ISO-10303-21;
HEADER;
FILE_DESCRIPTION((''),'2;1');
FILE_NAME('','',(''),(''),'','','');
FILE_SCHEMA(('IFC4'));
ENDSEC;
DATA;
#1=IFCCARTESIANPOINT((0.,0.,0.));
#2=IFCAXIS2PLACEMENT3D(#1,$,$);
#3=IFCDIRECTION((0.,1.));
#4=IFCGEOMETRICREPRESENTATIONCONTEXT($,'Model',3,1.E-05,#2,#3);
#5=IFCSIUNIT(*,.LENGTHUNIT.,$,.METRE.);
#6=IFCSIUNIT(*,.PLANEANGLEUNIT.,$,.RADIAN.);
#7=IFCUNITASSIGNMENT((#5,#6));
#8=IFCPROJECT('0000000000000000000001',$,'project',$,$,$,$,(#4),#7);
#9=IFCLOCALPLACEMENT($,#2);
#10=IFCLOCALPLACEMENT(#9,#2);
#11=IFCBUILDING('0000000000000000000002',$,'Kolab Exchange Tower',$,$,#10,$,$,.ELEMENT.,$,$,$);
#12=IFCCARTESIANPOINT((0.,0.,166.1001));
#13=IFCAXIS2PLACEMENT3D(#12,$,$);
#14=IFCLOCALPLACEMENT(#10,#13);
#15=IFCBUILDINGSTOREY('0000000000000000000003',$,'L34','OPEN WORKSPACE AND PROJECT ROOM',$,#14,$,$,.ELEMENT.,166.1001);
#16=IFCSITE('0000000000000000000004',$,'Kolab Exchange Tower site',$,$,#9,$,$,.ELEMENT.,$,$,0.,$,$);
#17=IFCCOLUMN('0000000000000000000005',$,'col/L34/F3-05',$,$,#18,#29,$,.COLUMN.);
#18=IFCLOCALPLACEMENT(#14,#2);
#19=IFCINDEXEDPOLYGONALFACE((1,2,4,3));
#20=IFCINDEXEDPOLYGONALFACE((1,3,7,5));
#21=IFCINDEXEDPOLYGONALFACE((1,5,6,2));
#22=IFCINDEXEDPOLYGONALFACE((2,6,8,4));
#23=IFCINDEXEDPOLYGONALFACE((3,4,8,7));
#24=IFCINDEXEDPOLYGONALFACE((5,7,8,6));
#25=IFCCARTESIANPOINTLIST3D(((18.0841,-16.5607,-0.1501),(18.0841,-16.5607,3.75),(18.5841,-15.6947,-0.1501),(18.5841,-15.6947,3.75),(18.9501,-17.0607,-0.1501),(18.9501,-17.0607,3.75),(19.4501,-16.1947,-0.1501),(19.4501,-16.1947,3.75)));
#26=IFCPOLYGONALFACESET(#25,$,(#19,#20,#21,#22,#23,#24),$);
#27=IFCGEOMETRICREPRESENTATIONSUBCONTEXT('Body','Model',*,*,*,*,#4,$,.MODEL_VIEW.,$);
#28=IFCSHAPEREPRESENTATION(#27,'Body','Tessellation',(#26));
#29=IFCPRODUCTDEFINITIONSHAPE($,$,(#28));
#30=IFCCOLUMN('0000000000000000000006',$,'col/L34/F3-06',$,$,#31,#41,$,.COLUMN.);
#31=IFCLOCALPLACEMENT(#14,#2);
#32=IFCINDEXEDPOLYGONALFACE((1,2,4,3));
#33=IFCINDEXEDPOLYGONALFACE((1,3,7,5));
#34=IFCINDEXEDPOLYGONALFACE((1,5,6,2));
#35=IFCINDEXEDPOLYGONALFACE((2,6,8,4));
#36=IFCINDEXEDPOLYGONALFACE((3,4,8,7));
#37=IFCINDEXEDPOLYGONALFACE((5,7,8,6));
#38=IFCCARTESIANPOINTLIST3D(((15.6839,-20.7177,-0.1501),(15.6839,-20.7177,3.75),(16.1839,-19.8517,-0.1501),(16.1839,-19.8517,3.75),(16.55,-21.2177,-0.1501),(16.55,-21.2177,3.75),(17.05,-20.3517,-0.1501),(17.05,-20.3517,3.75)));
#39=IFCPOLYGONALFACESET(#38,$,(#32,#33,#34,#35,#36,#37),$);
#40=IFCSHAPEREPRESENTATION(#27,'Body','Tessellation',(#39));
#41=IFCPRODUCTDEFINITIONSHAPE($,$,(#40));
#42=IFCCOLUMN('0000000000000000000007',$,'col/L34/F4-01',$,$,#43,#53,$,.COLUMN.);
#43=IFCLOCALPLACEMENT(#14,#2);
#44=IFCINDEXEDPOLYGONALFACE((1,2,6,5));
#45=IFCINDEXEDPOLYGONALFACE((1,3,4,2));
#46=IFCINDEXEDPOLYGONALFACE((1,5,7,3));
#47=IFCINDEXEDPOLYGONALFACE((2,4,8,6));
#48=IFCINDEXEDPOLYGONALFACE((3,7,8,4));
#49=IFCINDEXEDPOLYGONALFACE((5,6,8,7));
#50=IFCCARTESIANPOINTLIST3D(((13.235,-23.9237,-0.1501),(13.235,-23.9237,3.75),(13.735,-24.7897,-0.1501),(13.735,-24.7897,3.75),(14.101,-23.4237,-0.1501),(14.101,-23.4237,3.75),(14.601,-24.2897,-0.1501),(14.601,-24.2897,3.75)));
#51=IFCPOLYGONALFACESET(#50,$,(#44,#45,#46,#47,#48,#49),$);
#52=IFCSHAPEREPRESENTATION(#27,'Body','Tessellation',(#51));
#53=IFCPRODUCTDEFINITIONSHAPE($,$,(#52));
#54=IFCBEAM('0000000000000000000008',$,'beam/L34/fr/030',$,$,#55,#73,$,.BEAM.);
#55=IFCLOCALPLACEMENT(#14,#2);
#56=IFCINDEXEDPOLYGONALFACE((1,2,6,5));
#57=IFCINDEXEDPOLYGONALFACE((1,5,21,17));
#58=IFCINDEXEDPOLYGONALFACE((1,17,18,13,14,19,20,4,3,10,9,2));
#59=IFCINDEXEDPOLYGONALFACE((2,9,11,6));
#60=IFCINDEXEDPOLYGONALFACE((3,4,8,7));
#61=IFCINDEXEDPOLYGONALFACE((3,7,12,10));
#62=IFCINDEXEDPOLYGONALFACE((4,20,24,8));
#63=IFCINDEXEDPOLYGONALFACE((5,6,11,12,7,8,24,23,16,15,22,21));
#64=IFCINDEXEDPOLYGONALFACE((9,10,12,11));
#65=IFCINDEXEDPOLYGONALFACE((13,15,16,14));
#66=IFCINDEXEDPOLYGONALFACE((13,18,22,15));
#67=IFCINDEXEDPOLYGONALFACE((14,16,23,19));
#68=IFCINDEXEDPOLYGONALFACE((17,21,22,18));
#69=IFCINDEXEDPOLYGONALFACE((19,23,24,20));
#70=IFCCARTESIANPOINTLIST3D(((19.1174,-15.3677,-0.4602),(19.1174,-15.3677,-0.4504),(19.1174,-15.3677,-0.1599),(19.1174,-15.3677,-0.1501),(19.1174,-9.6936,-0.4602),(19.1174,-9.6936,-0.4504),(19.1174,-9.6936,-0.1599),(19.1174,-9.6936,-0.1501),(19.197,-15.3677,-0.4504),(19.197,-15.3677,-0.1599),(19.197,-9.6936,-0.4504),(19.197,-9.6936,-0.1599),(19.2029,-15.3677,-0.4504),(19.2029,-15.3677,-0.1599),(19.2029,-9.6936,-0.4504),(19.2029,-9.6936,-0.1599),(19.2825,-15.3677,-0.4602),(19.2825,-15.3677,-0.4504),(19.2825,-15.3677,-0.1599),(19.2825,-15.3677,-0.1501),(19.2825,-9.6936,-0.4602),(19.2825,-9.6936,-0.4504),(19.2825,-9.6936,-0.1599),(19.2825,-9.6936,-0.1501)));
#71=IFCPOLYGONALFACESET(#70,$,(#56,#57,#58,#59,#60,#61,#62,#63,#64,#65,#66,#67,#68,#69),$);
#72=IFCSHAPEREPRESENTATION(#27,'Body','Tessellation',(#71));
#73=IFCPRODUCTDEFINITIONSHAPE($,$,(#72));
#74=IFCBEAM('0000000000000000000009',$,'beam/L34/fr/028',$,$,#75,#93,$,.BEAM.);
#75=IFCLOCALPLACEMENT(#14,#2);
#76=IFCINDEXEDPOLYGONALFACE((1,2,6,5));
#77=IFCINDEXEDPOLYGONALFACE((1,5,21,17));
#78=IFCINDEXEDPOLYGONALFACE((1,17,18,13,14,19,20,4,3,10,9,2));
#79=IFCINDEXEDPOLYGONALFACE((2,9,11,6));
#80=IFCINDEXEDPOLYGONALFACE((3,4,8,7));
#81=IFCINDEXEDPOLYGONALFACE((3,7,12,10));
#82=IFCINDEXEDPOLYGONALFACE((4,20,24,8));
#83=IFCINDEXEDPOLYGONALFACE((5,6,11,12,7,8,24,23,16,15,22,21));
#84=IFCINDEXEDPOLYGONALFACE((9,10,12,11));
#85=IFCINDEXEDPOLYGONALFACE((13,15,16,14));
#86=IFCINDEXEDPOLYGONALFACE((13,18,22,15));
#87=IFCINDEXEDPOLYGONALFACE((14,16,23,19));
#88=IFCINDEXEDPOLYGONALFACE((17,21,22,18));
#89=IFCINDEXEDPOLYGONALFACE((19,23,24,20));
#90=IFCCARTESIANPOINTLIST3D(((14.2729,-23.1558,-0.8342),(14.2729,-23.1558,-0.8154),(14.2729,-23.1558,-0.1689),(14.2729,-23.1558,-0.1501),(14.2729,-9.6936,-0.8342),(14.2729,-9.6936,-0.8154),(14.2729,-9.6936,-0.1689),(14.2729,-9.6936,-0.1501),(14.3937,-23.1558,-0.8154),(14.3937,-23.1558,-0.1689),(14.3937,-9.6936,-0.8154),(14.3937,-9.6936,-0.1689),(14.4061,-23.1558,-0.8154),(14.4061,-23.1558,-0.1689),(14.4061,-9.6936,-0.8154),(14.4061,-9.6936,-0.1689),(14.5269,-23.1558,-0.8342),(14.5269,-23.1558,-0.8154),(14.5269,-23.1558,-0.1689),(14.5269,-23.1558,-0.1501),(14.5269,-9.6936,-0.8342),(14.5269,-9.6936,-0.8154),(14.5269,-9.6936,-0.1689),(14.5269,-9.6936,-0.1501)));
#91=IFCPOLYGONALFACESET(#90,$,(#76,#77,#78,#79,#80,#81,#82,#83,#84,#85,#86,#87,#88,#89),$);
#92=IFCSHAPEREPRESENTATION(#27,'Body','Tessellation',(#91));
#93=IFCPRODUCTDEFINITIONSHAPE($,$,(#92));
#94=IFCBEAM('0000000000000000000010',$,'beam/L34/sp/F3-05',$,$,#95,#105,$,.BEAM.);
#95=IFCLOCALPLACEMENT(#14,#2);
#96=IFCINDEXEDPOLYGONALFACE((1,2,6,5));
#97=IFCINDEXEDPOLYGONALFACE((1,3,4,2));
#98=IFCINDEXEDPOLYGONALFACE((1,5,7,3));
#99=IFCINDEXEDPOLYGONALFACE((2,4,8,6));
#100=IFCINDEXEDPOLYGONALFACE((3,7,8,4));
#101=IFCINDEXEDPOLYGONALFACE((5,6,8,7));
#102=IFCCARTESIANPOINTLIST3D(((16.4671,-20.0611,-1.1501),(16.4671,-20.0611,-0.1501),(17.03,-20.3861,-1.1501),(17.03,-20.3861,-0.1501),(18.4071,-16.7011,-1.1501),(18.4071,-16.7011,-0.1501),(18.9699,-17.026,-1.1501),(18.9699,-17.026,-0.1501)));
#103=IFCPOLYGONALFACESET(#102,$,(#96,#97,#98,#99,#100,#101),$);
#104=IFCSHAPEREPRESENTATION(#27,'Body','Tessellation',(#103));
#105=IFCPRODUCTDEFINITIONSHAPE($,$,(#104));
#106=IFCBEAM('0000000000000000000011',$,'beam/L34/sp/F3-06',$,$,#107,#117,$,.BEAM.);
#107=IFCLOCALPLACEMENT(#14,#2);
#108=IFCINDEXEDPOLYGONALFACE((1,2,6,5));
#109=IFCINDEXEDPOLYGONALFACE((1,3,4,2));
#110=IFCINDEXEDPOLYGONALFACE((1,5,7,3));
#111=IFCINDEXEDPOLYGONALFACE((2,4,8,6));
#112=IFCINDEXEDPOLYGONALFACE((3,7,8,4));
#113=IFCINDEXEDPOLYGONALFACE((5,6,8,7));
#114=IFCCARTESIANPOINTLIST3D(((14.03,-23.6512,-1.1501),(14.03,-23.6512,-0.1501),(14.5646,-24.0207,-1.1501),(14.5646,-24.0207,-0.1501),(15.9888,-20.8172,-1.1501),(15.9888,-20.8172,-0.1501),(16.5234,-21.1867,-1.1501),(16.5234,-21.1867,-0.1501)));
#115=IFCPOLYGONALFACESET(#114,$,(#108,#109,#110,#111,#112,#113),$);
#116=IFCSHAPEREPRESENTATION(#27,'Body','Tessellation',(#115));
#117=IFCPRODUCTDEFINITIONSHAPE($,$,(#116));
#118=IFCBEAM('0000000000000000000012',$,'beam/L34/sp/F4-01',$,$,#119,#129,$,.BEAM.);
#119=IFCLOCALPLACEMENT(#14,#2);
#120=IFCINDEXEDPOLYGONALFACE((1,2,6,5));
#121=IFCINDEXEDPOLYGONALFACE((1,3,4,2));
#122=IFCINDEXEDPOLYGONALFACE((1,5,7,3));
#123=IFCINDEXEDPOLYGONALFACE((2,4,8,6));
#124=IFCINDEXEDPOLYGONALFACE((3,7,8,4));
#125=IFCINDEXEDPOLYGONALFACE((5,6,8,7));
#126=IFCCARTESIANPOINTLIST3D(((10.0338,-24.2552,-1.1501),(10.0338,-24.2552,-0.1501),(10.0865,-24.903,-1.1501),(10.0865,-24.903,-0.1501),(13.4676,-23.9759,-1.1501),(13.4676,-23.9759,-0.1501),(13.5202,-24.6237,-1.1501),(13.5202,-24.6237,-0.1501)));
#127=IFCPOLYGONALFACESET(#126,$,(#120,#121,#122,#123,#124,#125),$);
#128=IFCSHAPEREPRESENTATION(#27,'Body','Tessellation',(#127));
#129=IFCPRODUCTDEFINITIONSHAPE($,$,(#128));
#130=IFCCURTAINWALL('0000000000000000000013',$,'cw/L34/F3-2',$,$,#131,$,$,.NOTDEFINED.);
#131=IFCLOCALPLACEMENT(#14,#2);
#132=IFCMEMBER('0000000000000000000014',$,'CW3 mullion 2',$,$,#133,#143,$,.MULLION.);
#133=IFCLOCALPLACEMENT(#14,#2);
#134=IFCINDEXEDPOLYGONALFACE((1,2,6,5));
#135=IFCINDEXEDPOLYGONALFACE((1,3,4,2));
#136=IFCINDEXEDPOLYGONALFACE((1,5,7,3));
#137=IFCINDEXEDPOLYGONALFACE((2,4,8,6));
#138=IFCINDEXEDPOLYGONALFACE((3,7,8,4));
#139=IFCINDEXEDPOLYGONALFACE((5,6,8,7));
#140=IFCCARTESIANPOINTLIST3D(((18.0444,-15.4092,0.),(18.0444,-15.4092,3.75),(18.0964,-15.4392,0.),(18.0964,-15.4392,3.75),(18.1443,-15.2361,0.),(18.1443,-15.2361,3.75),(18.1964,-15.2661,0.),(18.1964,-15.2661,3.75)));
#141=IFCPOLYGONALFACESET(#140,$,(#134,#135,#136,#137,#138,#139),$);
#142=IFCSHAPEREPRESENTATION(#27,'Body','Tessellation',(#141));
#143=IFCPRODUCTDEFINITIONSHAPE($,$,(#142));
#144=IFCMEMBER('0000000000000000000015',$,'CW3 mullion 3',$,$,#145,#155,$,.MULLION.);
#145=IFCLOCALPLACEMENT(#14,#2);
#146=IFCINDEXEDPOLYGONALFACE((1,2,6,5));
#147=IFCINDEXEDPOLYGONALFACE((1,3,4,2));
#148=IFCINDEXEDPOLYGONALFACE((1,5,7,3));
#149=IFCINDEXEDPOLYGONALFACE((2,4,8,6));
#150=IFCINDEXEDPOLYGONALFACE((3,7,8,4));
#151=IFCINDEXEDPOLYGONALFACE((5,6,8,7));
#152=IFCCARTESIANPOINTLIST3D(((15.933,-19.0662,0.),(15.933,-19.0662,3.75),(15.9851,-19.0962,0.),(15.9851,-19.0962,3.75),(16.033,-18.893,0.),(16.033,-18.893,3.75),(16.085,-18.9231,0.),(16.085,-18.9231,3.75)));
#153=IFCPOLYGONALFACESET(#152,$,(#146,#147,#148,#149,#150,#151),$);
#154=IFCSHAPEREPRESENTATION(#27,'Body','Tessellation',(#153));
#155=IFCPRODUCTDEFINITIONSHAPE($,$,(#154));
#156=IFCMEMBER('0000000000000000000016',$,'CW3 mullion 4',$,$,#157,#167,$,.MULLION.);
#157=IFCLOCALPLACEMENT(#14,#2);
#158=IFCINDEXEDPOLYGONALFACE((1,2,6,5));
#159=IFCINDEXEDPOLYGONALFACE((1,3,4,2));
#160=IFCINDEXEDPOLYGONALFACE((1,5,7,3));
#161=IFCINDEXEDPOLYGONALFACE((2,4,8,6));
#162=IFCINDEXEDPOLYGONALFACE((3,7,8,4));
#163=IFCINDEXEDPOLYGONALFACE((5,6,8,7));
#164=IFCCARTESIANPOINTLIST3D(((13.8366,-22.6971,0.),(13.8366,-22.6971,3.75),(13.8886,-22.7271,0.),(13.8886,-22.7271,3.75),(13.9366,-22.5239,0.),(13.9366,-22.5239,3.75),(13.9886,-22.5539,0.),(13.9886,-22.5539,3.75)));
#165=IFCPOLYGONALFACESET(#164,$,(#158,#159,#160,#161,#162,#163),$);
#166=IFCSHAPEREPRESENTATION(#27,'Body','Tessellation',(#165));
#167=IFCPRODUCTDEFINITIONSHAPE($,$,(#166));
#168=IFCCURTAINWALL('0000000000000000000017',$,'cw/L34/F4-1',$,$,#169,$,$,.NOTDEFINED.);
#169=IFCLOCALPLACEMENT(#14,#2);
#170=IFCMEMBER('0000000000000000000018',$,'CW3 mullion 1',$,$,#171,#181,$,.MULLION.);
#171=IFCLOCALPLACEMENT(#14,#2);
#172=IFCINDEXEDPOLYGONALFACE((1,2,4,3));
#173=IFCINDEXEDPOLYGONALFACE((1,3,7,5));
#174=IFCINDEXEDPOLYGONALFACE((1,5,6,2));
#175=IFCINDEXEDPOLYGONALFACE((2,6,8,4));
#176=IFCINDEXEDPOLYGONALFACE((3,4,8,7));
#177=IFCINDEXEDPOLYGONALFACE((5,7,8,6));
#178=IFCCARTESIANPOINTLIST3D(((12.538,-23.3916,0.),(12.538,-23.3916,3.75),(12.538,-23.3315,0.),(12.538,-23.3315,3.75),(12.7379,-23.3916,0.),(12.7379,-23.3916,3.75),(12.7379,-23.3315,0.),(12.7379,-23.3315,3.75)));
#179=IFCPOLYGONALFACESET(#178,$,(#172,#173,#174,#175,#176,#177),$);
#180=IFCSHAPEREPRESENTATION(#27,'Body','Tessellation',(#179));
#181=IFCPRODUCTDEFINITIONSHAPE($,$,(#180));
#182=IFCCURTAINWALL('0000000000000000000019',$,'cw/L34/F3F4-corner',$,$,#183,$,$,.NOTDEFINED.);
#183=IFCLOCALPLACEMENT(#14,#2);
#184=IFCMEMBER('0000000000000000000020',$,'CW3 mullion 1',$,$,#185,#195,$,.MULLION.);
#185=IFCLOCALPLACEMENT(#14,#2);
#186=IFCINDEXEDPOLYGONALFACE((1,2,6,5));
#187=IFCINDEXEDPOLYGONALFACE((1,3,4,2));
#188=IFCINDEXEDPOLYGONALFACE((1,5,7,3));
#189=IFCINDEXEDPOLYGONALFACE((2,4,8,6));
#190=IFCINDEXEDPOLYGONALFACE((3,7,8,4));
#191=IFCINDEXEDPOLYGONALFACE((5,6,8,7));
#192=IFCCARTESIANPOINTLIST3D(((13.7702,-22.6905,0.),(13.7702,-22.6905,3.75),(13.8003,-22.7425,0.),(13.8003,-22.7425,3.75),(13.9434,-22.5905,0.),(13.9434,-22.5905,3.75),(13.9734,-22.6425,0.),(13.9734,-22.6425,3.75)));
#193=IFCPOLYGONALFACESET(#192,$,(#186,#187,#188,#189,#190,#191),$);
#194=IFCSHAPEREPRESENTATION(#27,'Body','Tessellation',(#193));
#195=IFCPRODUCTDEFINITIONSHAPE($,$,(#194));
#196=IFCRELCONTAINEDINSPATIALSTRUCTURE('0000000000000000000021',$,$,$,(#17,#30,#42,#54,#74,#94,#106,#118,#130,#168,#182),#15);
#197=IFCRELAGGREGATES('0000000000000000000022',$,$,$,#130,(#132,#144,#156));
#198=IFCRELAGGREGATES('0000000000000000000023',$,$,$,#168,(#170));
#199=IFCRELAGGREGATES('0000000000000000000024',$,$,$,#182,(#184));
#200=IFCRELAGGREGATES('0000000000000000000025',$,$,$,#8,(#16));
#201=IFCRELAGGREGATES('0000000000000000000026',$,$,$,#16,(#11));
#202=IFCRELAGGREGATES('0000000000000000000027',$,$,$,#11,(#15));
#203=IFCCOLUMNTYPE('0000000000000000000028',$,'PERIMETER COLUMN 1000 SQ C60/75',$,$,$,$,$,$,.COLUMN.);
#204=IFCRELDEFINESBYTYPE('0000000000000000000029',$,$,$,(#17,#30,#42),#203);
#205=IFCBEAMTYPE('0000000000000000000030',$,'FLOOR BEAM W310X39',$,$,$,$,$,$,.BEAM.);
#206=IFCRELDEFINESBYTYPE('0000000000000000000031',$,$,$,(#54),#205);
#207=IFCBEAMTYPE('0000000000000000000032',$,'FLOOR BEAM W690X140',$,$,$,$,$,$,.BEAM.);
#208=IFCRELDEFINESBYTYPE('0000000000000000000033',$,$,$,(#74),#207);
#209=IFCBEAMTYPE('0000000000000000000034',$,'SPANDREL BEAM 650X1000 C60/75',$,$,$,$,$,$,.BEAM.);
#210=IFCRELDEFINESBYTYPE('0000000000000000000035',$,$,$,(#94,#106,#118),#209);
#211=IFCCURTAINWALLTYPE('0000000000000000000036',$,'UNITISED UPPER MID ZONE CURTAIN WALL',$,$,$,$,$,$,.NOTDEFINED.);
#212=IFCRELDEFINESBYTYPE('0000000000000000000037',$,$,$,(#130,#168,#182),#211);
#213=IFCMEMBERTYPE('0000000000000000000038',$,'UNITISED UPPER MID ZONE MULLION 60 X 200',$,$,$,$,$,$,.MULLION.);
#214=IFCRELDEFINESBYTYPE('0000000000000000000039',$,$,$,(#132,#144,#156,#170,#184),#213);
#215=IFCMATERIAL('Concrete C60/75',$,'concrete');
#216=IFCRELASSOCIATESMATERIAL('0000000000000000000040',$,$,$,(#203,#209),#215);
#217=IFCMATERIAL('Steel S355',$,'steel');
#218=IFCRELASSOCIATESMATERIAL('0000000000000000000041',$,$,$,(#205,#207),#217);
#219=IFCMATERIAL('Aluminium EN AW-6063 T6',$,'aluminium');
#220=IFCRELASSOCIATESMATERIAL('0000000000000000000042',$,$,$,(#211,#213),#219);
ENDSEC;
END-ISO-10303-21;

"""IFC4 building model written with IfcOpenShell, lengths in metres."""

from ifc_helpers import new_model, si_unit, direction, frame, origin, origin_2d, place, context, subcontext, project, spatial, rectangle, i_section, extrude, material, material_profile, profile_set, type_object, element, aggregate, save


model = new_model("IFC4")

# Units and contexts
model_context = context("Model", 3, precision=1e-05, world=origin(), true_north=direction((0.0, 1.0)))
body_context = subcontext(model_context, "Body", "Model", "MODEL_VIEW")
ifc_project = project(units=[si_unit("LENGTHUNIT", "METRE"), si_unit("PLANEANGLEUNIT", "RADIAN")], contexts=[model_context])

# Site, building, storey
site_placement = place(None, origin())
site = spatial("IfcSite", under=ifc_project, at=site_placement, Name="Kolab Exchange Tower site", CompositionType="ELEMENT", RefElevation=0.0)
building_placement = place(site_placement, origin())
building = spatial("IfcBuilding", under=site, at=building_placement, Name="Kolab Exchange Tower", CompositionType="ELEMENT")
storey_placement = place(building_placement, frame((0.0, 0.0, 166.1001)))
storey = spatial("IfcBuildingStorey", under=building, at=storey_placement, Name="L34", Description="OPEN WORKSPACE AND PROJECT ROOM", CompositionType="ELEMENT", Elevation=166.1001)

# Columns
ifc_material_1 = material(Name="Concrete C60/75", Category="concrete")
ifc_material_profile_1 = material_profile(ifc_material_1, rectangle(XDim=1.0, YDim=1.0, at=origin_2d()), Name="RC1000")
ifc_profile_set_1 = profile_set([ifc_material_profile_1], Name="Concrete C60/75")
column_type = type_object("IfcColumnType", Name="PERIMETER COLUMN 1000 SQ C60/75", PredefinedType="COLUMN", material=ifc_profile_set_1)
for number, where, z_axis, x_axis, name in (
    (1, (18.7671, -16.3777, -0.1501), (0.0, 0.0, 1.0), (0.5, 0.866025, 0.0), "col/L34/F3-05"),
    (2, (16.3669, -20.5347, -0.1501), (0.0, 0.0, 1.0), (0.5, 0.866025, 0.0), "col/L34/F3-06"),
    (3, (13.918, -24.1067, -0.1501), (0.0, 0.0, 1.0), (0.866025, 0.5, 0.0), "col/L34/F4-01"),
):
    element("IfcColumn", number, at=place(storey_placement, frame(where, z_axis=z_axis, x_axis=x_axis)), inside=storey, type_object=column_type, Name=name, PredefinedType="COLUMN", context=body_context, shape_type="SweptSolid", body=[
        extrude(rectangle(XDim=1.0, YDim=1.0, at=origin_2d()), origin(), (0.0, 0.0, 1.0), 3.9001),
    ])

# Beams
ifc_material_2 = material(Name="Steel S355", Category="steel")
ifc_material_profile_2 = material_profile(ifc_material_2, i_section(OverallWidth=0.165, OverallDepth=0.3101, WebThickness=0.0059, FlangeThickness=0.0098, at=origin_2d()), Name="W310X39")
ifc_profile_set_2 = profile_set([ifc_material_profile_2], Name="Steel S355")
beam_type_1 = type_object("IfcBeamType", Name="FLOOR BEAM W310X39", PredefinedType="BEAM", material=ifc_profile_set_2)
beam_1_placement = place(storey_placement, frame((19.2, -15.3677, -0.3052), z_axis=(0.0, 1.0, 0.0), x_axis=(-1.0, 0.0, 0.0)))
element("IfcBeam", 4, at=beam_1_placement, inside=storey, type_object=beam_type_1, Name="beam/L34/fr/030", PredefinedType="BEAM", context=body_context, shape_type="SweptSolid", body=[
    extrude(i_section(OverallWidth=0.165, OverallDepth=0.3101, WebThickness=0.0059, FlangeThickness=0.0098, at=origin_2d()), origin(), (0.0, 0.0, 1.0), 5.6741),
])
ifc_material_profile_3 = material_profile(ifc_material_2, i_section(OverallWidth=0.2539, OverallDepth=0.6841, WebThickness=0.0125, FlangeThickness=0.0188, at=origin_2d()), Name="W690X140")
ifc_profile_set_3 = profile_set([ifc_material_profile_3], Name="Steel S355")
beam_type_2 = type_object("IfcBeamType", Name="FLOOR BEAM W690X140", PredefinedType="BEAM", material=ifc_profile_set_3)
beam_2_placement = place(storey_placement, frame((14.3999, -23.1558, -0.4922), z_axis=(0.0, 1.0, 0.0), x_axis=(-1.0, 0.0, 0.0)))
element("IfcBeam", 5, at=beam_2_placement, inside=storey, type_object=beam_type_2, Name="beam/L34/fr/028", PredefinedType="BEAM", context=body_context, shape_type="SweptSolid", body=[
    extrude(i_section(OverallWidth=0.2539, OverallDepth=0.6841, WebThickness=0.0125, FlangeThickness=0.0188, at=origin_2d()), origin(), (0.0, 0.0, 1.0), 13.4622),
])
ifc_material_profile_4 = material_profile(ifc_material_1, rectangle(XDim=0.6499, YDim=1.0, at=origin_2d()), Name="RC650X1000")
ifc_profile_set_4 = profile_set([ifc_material_profile_4], Name="Concrete C60/75")
beam_type_3 = type_object("IfcBeamType", Name="SPANDREL BEAM 650X1000 C60/75", PredefinedType="BEAM", material=ifc_profile_set_4)
beam_3_placement = place(storey_placement, frame((18.6885, -16.8635, -0.6501), z_axis=(-0.499997, -0.866027, 0.0), x_axis=(0.866027, -0.499997, 0.0)))
element("IfcBeam", 6, at=beam_3_placement, inside=storey, type_object=beam_type_3, Name="beam/L34/sp/F3-05", PredefinedType="BEAM", context=body_context, shape_type="SweptSolid", body=[
    extrude(rectangle(XDim=0.6499, YDim=1.0, at=origin_2d()), origin(), (0.0, 0.0, 1.0), 3.8799),
])
for number, where, z_axis, x_axis, name in (
    (7, (16.2561, -21.002, -0.6501), (-0.568572, -0.822633, 0.0), (0.822633, -0.568572, 0.0), "beam/L34/sp/F3-06"),
    (8, (13.4939, -24.2998, -0.6501), (-0.996708, -0.081069, 0.0), (0.081069, -0.996708, 0.0), "beam/L34/sp/F4-01"),
):
    element("IfcBeam", number, at=place(storey_placement, frame(where, z_axis=z_axis, x_axis=x_axis)), inside=storey, type_object=beam_type_3, Name=name, PredefinedType="BEAM", context=body_context, shape_type="SweptSolid", body=[
        extrude(rectangle(XDim=0.6499, YDim=1.0, at=origin_2d()), origin(), (0.0, 0.0, 1.0), 3.4451),
    ])

# Curtain wall, members
ifc_material_3 = material(Name="Aluminium EN AW-6063 T6", Category="aluminium")
curtain_wall_type = type_object("IfcCurtainWallType", Name="UNITISED UPPER MID ZONE CURTAIN WALL", PredefinedType="NOTDEFINED", material=ifc_material_3)
curtain_wall_1_placement = place(storey_placement, origin())
curtain_wall_1 = element("IfcCurtainWall", 9, at=curtain_wall_1_placement, inside=storey, type_object=curtain_wall_type, Name="cw/L34/F3-2", PredefinedType="NOTDEFINED")
ifc_material_profile_5 = material_profile(ifc_material_3, rectangle(XDim=0.0601, YDim=0.2, at=origin_2d()), Name="RECT 60X200")
ifc_profile_set_5 = profile_set([ifc_material_profile_5], Name="Aluminium EN AW-6063 T6")
member_type_1 = type_object("IfcMemberType", Name="UNITISED UPPER MID ZONE MULLION 60 X 200", PredefinedType="MULLION", material=ifc_profile_set_5)
member_1_placement = place(storey_placement, frame((18.1204, -15.3376, 0.0), z_axis=(0.0, 0.0, 1.0), x_axis=(0.866025, -0.5, 0.0)))
member_1 = element("IfcMember", 10, at=member_1_placement, type_object=member_type_1, Name="CW3 mullion 2", PredefinedType="MULLION", context=body_context, shape_type="SweptSolid", body=[
    extrude(rectangle(XDim=0.0601, YDim=0.2, at=origin_2d()), origin(), (0.0, 0.0, 1.0), 3.75),
])
member_2_placement = place(storey_placement, frame((16.009, -18.9946, 0.0), z_axis=(0.0, 0.0, 1.0), x_axis=(0.866025, -0.5, 0.0)))
member_2 = element("IfcMember", 11, at=member_2_placement, type_object=member_type_1, Name="CW3 mullion 3", PredefinedType="MULLION", context=body_context, shape_type="SweptSolid", body=[
    extrude(rectangle(XDim=0.0601, YDim=0.2, at=origin_2d()), origin(), (0.0, 0.0, 1.0), 3.75),
])
member_3_placement = place(storey_placement, frame((13.9126, -22.6255, 0.0), z_axis=(0.0, 0.0, 1.0), x_axis=(0.866025, -0.5, 0.0)))
member_3 = element("IfcMember", 12, at=member_3_placement, type_object=member_type_1, Name="CW3 mullion 4", PredefinedType="MULLION", context=body_context, shape_type="SweptSolid", body=[
    extrude(rectangle(XDim=0.0601, YDim=0.2, at=origin_2d()), origin(), (0.0, 0.0, 1.0), 3.75),
])

# Curtain wall, member
curtain_wall_2_placement = place(storey_placement, origin())
curtain_wall_2 = element("IfcCurtainWall", 13, at=curtain_wall_2_placement, inside=storey, type_object=curtain_wall_type, Name="cw/L34/F4-1", PredefinedType="NOTDEFINED")
member_4_placement = place(storey_placement, frame((12.6379, -23.3616, 0.0), z_axis=(0.0, 0.0, 1.0), x_axis=(0.0, -1.0, 0.0)))
member_4 = element("IfcMember", 14, at=member_4_placement, type_object=member_type_1, Name="CW3 mullion 1", PredefinedType="MULLION", context=body_context, shape_type="SweptSolid", body=[
    extrude(rectangle(XDim=0.0601, YDim=0.2, at=origin_2d()), origin(), (0.0, 0.0, 1.0), 3.75),
])

# Curtain wall, member
curtain_wall_3_placement = place(storey_placement, origin())
curtain_wall_3 = element("IfcCurtainWall", 15, at=curtain_wall_3_placement, inside=storey, type_object=curtain_wall_type, Name="cw/L34/F3F4-corner", PredefinedType="NOTDEFINED")
member_5_placement = place(storey_placement, frame((13.8718, -22.6665, 0.0), z_axis=(0.0, 0.0, 1.0), x_axis=(0.5, -0.866025, 0.0)))
member_5 = element("IfcMember", 16, at=member_5_placement, type_object=member_type_1, Name="CW3 mullion 1", PredefinedType="MULLION", context=body_context, shape_type="SweptSolid", body=[
    extrude(rectangle(XDim=0.0601, YDim=0.2, at=origin_2d()), origin(), (0.0, 0.0, 1.0), 3.75),
])

aggregate(curtain_wall_1, [member_1, member_2, member_3])
aggregate(curtain_wall_2, [member_4])
aggregate(curtain_wall_3, [member_5])

save(model, "model.ifc")
